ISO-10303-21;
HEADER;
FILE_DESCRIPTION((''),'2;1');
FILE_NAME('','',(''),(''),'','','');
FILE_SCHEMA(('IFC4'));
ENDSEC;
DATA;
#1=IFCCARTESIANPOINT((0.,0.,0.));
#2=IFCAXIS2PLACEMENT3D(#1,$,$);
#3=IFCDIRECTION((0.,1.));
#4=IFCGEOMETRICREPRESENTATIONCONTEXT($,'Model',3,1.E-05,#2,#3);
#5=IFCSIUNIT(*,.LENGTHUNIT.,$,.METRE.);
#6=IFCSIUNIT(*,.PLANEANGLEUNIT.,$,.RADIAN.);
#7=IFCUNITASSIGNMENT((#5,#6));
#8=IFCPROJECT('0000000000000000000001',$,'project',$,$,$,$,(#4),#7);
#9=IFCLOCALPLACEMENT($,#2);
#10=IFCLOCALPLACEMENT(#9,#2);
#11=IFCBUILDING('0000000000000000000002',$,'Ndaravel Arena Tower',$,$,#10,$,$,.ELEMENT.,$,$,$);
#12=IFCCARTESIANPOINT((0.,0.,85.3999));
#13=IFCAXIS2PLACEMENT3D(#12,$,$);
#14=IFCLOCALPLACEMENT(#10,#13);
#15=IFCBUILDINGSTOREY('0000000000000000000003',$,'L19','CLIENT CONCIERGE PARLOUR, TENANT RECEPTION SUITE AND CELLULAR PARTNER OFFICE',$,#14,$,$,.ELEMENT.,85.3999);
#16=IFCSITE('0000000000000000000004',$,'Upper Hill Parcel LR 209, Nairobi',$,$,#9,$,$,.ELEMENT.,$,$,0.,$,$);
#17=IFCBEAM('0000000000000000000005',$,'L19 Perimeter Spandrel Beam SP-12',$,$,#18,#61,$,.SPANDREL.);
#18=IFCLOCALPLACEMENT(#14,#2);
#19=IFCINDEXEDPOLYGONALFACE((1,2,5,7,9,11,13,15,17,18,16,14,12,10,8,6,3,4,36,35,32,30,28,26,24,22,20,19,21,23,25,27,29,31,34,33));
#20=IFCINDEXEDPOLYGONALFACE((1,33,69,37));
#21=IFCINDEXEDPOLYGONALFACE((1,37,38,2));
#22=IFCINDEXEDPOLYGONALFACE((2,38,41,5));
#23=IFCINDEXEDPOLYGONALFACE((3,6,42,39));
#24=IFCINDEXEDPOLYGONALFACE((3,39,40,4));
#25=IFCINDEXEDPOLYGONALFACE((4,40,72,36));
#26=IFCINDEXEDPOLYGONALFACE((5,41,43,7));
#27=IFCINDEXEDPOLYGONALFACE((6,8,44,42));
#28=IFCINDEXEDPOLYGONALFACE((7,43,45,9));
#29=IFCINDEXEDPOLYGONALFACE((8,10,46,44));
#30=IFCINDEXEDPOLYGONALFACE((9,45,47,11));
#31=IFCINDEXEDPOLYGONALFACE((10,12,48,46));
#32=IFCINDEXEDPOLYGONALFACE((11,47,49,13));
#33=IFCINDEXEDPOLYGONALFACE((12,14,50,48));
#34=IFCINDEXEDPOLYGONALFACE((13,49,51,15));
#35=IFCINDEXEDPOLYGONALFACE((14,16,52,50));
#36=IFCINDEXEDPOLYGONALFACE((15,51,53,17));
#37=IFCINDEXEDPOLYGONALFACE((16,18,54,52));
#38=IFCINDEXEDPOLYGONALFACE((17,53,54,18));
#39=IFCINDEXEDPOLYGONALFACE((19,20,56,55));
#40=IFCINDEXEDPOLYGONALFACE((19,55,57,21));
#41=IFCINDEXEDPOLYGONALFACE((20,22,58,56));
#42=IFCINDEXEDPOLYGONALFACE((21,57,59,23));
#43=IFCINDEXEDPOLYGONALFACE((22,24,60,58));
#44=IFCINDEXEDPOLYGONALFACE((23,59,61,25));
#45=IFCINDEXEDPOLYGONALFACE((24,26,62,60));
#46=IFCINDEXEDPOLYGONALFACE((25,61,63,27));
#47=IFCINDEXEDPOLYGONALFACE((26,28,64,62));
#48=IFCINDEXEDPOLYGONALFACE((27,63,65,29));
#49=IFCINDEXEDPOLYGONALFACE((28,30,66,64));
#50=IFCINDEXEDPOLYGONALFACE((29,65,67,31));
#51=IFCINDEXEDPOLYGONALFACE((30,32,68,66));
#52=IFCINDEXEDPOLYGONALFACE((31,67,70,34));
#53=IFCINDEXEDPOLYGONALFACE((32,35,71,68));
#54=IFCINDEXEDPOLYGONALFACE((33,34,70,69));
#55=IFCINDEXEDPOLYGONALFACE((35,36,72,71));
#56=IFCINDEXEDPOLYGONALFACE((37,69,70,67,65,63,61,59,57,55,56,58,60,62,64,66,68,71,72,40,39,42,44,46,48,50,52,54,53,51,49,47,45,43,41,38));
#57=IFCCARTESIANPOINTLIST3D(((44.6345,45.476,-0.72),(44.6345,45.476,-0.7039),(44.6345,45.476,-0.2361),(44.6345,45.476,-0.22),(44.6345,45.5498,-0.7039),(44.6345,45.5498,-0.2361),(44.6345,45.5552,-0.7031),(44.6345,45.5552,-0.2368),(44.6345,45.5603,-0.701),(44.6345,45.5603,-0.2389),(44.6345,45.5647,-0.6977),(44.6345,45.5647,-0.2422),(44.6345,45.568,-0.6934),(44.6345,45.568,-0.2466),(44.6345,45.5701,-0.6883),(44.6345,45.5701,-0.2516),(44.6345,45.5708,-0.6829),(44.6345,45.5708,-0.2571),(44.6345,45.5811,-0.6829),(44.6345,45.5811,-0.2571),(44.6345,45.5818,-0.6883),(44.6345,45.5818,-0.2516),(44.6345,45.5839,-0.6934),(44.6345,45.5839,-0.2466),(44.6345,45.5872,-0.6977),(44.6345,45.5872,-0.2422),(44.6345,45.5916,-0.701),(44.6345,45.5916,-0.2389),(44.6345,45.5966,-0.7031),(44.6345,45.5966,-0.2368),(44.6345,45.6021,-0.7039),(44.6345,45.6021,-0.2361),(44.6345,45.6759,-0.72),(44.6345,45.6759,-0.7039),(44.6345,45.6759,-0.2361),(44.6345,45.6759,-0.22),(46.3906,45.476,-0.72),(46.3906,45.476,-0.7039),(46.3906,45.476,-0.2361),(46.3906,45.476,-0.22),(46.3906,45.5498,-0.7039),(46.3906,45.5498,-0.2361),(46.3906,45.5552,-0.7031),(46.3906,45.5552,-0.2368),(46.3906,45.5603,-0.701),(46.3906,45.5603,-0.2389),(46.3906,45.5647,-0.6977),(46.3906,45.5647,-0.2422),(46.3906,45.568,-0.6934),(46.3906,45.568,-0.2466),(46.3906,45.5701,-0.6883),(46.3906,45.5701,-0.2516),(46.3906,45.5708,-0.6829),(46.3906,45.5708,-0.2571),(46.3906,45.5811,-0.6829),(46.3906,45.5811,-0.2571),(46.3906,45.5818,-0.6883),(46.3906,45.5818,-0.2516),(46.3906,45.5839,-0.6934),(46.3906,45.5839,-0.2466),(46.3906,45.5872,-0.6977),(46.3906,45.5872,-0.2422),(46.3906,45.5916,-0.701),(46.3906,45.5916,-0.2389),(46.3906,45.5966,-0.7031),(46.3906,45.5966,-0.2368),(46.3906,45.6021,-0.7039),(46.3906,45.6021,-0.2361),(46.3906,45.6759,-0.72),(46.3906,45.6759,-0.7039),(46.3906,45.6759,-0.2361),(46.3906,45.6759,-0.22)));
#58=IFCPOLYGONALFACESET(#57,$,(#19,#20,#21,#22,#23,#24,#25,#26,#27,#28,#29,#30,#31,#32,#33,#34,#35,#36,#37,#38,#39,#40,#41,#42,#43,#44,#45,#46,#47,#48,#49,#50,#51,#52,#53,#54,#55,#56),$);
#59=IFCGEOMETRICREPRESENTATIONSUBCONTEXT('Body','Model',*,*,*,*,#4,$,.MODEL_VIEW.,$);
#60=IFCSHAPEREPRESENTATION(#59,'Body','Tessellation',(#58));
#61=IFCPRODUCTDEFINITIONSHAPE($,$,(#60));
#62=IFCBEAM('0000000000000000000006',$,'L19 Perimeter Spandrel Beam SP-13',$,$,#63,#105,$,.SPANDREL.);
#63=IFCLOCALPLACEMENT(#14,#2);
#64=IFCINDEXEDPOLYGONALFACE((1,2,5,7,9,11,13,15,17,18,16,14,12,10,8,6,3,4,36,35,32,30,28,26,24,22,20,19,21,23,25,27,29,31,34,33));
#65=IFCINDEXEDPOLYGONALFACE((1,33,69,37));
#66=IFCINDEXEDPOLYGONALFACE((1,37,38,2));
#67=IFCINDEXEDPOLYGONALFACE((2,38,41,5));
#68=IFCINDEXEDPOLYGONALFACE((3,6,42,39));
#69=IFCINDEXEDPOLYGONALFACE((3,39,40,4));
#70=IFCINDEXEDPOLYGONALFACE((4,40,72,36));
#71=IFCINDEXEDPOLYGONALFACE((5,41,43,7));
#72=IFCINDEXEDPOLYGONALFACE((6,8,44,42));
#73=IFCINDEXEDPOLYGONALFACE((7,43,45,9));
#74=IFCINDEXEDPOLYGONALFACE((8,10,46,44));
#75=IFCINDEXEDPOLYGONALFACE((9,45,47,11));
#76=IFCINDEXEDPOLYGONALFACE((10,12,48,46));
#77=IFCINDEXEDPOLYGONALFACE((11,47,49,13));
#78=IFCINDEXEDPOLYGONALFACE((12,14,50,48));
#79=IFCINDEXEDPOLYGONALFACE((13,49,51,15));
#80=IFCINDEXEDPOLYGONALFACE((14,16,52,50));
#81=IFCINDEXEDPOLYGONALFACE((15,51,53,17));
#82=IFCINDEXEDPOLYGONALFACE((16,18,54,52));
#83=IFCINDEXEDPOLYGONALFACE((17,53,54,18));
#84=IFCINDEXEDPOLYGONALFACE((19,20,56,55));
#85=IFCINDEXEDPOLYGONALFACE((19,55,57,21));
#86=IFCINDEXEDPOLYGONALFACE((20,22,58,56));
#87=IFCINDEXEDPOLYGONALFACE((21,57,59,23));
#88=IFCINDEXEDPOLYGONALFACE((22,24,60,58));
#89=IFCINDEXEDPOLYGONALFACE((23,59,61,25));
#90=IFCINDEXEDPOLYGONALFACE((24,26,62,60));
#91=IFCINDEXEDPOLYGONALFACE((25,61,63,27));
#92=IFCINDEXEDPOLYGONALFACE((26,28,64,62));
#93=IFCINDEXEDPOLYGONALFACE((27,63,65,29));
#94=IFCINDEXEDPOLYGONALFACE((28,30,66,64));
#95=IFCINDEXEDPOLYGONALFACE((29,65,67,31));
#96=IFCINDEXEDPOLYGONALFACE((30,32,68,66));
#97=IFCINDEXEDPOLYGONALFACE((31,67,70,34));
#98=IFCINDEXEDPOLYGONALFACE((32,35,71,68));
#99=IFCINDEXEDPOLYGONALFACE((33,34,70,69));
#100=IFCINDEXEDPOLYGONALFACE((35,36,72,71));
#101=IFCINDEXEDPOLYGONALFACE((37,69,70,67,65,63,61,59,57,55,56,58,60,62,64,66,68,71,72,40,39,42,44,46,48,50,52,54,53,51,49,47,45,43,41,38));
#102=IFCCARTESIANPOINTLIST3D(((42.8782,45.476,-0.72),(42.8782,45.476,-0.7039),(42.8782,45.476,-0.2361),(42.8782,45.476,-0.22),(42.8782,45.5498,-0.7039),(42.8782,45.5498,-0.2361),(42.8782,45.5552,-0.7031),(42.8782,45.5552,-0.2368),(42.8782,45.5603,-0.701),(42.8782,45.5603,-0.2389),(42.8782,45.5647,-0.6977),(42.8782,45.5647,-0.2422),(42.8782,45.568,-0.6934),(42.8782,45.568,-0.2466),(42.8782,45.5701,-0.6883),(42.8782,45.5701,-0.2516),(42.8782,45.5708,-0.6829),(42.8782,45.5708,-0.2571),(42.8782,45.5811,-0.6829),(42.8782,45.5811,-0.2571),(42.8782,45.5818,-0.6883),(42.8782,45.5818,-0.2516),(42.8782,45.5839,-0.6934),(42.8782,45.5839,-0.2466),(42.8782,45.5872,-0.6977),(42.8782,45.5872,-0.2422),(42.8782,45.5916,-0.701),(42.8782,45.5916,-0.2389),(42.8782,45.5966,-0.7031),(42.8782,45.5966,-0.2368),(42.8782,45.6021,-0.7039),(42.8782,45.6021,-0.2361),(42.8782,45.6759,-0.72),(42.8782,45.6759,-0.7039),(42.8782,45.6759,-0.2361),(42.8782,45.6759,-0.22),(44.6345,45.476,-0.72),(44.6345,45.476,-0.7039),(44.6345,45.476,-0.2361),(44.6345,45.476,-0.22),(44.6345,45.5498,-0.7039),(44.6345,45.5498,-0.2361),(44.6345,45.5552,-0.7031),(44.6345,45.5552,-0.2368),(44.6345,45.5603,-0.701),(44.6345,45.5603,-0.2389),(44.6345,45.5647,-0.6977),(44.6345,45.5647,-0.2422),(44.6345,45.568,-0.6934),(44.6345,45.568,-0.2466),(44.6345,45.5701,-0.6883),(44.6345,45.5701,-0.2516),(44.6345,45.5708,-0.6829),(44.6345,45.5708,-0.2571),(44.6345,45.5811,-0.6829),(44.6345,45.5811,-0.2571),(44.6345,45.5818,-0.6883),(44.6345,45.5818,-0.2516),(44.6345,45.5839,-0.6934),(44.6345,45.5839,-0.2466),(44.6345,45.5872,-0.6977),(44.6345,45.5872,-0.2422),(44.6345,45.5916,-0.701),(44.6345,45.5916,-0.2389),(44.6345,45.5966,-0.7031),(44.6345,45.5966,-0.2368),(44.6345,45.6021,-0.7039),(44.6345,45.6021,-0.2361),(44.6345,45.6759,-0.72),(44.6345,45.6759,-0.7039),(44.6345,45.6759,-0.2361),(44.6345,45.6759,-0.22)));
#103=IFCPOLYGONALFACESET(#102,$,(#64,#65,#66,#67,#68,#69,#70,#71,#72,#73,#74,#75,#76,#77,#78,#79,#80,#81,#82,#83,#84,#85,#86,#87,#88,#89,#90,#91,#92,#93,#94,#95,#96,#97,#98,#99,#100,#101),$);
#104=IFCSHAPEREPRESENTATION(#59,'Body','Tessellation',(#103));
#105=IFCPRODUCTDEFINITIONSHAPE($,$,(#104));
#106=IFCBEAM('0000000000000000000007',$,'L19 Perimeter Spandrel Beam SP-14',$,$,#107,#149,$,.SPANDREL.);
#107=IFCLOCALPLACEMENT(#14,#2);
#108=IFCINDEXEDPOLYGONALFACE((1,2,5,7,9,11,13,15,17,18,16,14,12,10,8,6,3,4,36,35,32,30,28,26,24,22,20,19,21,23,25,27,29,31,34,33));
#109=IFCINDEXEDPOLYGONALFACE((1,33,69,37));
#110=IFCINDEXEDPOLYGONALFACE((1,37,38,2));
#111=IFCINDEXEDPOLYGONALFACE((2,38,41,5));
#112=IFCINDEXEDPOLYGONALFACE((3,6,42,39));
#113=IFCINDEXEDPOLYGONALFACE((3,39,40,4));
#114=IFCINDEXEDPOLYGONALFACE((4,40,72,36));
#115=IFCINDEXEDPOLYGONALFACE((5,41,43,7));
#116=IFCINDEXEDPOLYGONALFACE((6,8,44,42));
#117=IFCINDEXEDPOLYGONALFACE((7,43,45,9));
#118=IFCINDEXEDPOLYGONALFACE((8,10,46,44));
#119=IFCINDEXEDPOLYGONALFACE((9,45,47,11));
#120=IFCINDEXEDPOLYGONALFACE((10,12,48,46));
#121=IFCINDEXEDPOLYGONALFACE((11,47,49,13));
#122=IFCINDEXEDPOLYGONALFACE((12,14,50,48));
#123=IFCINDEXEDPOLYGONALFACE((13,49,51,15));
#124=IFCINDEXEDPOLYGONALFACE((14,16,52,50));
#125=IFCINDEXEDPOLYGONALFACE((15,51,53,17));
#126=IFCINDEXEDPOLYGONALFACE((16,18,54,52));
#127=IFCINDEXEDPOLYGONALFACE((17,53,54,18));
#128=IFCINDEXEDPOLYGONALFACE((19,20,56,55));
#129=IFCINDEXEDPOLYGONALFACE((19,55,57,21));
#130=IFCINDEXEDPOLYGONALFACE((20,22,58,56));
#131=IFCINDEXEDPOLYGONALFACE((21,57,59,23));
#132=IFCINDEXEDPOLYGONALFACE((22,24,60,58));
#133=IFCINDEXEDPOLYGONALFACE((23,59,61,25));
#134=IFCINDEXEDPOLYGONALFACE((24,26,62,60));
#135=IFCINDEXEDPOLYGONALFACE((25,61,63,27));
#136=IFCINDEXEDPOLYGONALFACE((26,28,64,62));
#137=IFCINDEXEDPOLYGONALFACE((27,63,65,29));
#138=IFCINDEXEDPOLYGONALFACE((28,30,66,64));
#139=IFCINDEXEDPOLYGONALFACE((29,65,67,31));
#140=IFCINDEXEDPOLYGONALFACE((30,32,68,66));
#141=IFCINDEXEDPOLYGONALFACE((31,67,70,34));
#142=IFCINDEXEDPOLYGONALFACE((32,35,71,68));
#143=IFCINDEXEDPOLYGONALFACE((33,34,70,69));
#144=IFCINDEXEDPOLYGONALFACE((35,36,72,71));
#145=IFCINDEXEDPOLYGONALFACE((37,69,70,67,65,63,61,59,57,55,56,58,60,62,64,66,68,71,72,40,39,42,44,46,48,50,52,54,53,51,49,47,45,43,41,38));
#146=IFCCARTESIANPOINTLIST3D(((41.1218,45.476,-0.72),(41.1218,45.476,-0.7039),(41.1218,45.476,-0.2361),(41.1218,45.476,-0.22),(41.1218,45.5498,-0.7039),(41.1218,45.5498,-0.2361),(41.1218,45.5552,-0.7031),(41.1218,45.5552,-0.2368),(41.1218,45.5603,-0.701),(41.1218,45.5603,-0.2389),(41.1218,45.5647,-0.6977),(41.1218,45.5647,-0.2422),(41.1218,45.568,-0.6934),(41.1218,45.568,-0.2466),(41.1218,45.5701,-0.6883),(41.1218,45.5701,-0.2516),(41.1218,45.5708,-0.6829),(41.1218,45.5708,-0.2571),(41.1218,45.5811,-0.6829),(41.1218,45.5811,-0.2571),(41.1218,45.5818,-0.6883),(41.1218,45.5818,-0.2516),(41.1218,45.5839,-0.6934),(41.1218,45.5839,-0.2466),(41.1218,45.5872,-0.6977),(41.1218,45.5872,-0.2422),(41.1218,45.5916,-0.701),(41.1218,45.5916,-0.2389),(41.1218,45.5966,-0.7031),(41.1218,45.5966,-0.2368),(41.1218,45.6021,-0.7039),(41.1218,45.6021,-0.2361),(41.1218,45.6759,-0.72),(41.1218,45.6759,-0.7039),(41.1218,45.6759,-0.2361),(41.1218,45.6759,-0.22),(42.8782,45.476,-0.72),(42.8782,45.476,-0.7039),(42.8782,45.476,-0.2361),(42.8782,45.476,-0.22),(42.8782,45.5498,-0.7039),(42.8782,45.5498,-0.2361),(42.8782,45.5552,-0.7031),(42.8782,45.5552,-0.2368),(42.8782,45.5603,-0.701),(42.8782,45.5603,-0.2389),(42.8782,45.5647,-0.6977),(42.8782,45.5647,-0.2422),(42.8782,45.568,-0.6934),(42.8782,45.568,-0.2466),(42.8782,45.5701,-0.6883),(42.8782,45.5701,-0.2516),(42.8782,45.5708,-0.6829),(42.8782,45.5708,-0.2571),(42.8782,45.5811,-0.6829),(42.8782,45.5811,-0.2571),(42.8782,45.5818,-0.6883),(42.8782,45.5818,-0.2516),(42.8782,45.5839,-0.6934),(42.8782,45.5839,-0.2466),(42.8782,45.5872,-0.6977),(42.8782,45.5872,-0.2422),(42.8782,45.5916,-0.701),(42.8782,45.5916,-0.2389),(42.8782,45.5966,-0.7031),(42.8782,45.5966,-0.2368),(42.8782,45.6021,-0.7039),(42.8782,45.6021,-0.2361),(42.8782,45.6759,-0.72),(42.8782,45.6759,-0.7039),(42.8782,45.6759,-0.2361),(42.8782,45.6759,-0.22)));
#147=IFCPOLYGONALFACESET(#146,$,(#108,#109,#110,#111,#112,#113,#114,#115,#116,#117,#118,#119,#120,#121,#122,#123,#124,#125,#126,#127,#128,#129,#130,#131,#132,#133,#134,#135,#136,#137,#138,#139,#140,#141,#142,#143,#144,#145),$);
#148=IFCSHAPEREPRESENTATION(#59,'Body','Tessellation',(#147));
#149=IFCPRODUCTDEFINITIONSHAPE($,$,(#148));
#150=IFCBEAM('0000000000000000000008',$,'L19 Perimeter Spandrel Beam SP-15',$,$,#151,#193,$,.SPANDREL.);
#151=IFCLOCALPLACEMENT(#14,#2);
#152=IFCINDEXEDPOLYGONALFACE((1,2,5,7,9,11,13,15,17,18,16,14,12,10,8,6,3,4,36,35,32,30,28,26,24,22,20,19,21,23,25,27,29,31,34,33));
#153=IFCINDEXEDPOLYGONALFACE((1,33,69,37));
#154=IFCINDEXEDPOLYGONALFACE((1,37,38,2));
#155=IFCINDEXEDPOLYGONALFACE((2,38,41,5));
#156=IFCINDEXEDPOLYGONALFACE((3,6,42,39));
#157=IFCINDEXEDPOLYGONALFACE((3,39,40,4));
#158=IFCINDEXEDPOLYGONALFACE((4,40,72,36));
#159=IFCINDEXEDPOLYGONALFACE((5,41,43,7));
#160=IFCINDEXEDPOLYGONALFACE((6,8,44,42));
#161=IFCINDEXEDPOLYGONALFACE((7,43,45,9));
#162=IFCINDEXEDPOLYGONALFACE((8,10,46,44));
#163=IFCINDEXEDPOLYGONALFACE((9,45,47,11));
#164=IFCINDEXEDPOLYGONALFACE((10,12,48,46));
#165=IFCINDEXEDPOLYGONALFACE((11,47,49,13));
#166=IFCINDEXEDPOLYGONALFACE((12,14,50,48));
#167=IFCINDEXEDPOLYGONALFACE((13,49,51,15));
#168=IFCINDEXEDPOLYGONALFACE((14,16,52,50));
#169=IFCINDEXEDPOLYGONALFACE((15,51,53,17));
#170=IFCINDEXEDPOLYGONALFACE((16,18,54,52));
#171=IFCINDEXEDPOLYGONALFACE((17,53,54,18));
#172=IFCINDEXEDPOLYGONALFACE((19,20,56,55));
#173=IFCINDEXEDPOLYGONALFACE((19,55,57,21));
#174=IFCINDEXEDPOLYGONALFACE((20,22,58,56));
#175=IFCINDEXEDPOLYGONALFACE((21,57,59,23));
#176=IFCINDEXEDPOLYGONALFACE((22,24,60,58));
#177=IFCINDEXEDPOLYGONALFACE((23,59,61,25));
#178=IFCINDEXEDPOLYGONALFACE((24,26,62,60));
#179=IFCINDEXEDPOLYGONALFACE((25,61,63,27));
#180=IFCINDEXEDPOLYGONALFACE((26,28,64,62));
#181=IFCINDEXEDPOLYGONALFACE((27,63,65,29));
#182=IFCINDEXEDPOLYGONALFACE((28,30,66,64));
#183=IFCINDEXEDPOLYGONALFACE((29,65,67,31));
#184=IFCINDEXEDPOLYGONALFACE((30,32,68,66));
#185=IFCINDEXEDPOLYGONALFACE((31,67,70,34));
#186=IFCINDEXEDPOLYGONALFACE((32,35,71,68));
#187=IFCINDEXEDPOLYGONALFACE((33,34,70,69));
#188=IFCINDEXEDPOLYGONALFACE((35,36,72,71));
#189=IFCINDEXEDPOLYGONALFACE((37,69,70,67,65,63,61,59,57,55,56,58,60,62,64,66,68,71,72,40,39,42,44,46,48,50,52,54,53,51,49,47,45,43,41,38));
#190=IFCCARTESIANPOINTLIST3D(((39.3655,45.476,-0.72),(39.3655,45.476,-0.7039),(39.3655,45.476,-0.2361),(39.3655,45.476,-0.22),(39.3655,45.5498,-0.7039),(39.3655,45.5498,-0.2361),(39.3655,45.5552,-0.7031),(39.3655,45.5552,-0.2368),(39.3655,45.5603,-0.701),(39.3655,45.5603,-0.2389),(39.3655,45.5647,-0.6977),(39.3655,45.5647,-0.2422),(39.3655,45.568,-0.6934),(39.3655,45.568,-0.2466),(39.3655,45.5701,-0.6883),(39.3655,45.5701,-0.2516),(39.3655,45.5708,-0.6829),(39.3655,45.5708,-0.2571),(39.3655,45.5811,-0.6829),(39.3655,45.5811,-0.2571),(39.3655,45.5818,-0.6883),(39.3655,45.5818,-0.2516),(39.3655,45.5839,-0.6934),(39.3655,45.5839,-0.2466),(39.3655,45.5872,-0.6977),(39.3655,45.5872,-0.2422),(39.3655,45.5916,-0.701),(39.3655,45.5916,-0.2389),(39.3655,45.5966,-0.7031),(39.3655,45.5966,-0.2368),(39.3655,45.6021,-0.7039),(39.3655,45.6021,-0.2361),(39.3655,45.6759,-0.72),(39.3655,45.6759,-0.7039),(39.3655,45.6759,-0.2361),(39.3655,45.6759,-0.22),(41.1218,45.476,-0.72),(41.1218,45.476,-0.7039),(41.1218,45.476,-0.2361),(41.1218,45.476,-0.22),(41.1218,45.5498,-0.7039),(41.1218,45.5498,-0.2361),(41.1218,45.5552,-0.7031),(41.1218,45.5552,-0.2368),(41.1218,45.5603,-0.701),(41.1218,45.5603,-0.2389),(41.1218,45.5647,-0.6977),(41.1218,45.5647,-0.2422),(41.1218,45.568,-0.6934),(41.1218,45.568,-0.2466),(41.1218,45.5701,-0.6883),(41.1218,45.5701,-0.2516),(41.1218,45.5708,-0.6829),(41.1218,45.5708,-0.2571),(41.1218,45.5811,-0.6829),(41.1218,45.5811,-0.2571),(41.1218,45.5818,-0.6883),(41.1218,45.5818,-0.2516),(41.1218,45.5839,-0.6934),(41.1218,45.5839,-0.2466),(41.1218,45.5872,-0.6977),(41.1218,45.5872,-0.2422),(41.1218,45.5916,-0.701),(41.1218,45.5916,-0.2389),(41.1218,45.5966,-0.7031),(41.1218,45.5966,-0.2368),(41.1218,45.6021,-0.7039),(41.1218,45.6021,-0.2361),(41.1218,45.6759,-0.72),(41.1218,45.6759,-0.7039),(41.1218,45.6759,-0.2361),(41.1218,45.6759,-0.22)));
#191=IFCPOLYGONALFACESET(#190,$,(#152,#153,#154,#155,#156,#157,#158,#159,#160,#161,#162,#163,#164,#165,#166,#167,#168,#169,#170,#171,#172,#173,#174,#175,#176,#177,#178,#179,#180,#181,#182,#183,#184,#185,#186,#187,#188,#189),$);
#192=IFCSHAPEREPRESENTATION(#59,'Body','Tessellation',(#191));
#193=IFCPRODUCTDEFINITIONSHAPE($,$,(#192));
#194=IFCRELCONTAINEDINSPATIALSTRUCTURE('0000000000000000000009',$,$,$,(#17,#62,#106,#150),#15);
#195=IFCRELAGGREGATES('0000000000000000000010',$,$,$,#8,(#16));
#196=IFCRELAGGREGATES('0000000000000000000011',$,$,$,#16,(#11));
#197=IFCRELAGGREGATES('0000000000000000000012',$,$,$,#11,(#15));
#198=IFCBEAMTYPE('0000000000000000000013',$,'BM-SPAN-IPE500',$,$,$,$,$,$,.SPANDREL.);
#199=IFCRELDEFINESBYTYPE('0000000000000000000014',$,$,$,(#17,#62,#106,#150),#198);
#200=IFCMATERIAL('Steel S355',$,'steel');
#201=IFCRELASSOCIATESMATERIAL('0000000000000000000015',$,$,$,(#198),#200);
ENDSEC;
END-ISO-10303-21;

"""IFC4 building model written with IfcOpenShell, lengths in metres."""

from ifc_helpers import new_model, si_unit, direction, frame, origin, origin_2d, place, context, subcontext, project, spatial, i_section, extrude, material, material_profile, profile_set, type_object, element, save


model = new_model("IFC4")

# Units and contexts
model_context = context("Model", 3, precision=1e-05, world=origin(), true_north=direction((0.0, 1.0)))
body_context = subcontext(model_context, "Body", "Model", "MODEL_VIEW")
ifc_project = project(units=[si_unit("LENGTHUNIT", "METRE"), si_unit("PLANEANGLEUNIT", "RADIAN")], contexts=[model_context])

# Site, building, storey
site_placement = place(None, origin())
site = spatial("IfcSite", under=ifc_project, at=site_placement, Name="Upper Hill Parcel LR 209, Nairobi", CompositionType="ELEMENT", RefElevation=0.0)
building_placement = place(site_placement, origin())
building = spatial("IfcBuilding", under=site, at=building_placement, Name="Ndaravel Arena Tower", CompositionType="ELEMENT")
storey_placement = place(building_placement, frame((0.0, 0.0, 85.3999)))
storey = spatial("IfcBuildingStorey", under=building, at=storey_placement, Name="L19", Description="CLIENT CONCIERGE PARLOUR, TENANT RECEPTION SUITE AND CELLULAR PARTNER OFFICE", CompositionType="ELEMENT", Elevation=85.3999)

# Beams
ifc_material_1 = material(Name="Steel S355", Category="steel")
ifc_material_profile_1 = material_profile(ifc_material_1, i_section(OverallWidth=0.2, OverallDepth=0.5, WebThickness=0.0103, FlangeThickness=0.0161, FilletRadius=0.021, at=origin_2d()), Name="IPE 500")
ifc_profile_set_1 = profile_set([ifc_material_profile_1], Name="Steel S355")
beam_type_1 = type_object("IfcBeamType", Name="BM-SPAN-IPE500", PredefinedType="SPANDREL", material=ifc_profile_set_1)
beam_1_placement = place(storey_placement, frame((46.3906, 45.5759, -0.47), z_axis=(-1.0, 0.0, 0.0), x_axis=(0.0, -1.0, 0.0)))
element("IfcBeam", 1, at=beam_1_placement, inside=storey, type_object=beam_type_1, Name="L19 Perimeter Spandrel Beam SP-12", PredefinedType="SPANDREL", context=body_context, shape_type="SweptSolid", body=[
    extrude(i_section(OverallWidth=0.2, OverallDepth=0.5, WebThickness=0.0103, FlangeThickness=0.0161, FilletRadius=0.021, at=origin_2d()), origin(), (0.0, 0.0, 1.0), 1.7561),
])
for number, where, z_axis, x_axis, name in (
    (2, (44.6345, 45.5759, -0.47), (-1.0, 0.0, 0.0), (0.0, -1.0, 0.0), "L19 Perimeter Spandrel Beam SP-13"),
    (3, (42.8782, 45.5759, -0.47), (-1.0, 0.0, 0.0), (0.0, -1.0, 0.0), "L19 Perimeter Spandrel Beam SP-14"),
    (4, (41.1218, 45.5759, -0.47), (-1.0, 0.0, 0.0), (0.0, -1.0, 0.0), "L19 Perimeter Spandrel Beam SP-15"),
):
    element("IfcBeam", number, at=place(storey_placement, frame(where, z_axis=z_axis, x_axis=x_axis)), inside=storey, type_object=beam_type_1, Name=name, PredefinedType="SPANDREL", context=body_context, shape_type="SweptSolid", body=[
        extrude(i_section(OverallWidth=0.2, OverallDepth=0.5, WebThickness=0.0103, FlangeThickness=0.0161, FilletRadius=0.021, at=origin_2d()), origin(), (0.0, 0.0, 1.0), 1.7563),
    ])

save(model, "model.ifc")
